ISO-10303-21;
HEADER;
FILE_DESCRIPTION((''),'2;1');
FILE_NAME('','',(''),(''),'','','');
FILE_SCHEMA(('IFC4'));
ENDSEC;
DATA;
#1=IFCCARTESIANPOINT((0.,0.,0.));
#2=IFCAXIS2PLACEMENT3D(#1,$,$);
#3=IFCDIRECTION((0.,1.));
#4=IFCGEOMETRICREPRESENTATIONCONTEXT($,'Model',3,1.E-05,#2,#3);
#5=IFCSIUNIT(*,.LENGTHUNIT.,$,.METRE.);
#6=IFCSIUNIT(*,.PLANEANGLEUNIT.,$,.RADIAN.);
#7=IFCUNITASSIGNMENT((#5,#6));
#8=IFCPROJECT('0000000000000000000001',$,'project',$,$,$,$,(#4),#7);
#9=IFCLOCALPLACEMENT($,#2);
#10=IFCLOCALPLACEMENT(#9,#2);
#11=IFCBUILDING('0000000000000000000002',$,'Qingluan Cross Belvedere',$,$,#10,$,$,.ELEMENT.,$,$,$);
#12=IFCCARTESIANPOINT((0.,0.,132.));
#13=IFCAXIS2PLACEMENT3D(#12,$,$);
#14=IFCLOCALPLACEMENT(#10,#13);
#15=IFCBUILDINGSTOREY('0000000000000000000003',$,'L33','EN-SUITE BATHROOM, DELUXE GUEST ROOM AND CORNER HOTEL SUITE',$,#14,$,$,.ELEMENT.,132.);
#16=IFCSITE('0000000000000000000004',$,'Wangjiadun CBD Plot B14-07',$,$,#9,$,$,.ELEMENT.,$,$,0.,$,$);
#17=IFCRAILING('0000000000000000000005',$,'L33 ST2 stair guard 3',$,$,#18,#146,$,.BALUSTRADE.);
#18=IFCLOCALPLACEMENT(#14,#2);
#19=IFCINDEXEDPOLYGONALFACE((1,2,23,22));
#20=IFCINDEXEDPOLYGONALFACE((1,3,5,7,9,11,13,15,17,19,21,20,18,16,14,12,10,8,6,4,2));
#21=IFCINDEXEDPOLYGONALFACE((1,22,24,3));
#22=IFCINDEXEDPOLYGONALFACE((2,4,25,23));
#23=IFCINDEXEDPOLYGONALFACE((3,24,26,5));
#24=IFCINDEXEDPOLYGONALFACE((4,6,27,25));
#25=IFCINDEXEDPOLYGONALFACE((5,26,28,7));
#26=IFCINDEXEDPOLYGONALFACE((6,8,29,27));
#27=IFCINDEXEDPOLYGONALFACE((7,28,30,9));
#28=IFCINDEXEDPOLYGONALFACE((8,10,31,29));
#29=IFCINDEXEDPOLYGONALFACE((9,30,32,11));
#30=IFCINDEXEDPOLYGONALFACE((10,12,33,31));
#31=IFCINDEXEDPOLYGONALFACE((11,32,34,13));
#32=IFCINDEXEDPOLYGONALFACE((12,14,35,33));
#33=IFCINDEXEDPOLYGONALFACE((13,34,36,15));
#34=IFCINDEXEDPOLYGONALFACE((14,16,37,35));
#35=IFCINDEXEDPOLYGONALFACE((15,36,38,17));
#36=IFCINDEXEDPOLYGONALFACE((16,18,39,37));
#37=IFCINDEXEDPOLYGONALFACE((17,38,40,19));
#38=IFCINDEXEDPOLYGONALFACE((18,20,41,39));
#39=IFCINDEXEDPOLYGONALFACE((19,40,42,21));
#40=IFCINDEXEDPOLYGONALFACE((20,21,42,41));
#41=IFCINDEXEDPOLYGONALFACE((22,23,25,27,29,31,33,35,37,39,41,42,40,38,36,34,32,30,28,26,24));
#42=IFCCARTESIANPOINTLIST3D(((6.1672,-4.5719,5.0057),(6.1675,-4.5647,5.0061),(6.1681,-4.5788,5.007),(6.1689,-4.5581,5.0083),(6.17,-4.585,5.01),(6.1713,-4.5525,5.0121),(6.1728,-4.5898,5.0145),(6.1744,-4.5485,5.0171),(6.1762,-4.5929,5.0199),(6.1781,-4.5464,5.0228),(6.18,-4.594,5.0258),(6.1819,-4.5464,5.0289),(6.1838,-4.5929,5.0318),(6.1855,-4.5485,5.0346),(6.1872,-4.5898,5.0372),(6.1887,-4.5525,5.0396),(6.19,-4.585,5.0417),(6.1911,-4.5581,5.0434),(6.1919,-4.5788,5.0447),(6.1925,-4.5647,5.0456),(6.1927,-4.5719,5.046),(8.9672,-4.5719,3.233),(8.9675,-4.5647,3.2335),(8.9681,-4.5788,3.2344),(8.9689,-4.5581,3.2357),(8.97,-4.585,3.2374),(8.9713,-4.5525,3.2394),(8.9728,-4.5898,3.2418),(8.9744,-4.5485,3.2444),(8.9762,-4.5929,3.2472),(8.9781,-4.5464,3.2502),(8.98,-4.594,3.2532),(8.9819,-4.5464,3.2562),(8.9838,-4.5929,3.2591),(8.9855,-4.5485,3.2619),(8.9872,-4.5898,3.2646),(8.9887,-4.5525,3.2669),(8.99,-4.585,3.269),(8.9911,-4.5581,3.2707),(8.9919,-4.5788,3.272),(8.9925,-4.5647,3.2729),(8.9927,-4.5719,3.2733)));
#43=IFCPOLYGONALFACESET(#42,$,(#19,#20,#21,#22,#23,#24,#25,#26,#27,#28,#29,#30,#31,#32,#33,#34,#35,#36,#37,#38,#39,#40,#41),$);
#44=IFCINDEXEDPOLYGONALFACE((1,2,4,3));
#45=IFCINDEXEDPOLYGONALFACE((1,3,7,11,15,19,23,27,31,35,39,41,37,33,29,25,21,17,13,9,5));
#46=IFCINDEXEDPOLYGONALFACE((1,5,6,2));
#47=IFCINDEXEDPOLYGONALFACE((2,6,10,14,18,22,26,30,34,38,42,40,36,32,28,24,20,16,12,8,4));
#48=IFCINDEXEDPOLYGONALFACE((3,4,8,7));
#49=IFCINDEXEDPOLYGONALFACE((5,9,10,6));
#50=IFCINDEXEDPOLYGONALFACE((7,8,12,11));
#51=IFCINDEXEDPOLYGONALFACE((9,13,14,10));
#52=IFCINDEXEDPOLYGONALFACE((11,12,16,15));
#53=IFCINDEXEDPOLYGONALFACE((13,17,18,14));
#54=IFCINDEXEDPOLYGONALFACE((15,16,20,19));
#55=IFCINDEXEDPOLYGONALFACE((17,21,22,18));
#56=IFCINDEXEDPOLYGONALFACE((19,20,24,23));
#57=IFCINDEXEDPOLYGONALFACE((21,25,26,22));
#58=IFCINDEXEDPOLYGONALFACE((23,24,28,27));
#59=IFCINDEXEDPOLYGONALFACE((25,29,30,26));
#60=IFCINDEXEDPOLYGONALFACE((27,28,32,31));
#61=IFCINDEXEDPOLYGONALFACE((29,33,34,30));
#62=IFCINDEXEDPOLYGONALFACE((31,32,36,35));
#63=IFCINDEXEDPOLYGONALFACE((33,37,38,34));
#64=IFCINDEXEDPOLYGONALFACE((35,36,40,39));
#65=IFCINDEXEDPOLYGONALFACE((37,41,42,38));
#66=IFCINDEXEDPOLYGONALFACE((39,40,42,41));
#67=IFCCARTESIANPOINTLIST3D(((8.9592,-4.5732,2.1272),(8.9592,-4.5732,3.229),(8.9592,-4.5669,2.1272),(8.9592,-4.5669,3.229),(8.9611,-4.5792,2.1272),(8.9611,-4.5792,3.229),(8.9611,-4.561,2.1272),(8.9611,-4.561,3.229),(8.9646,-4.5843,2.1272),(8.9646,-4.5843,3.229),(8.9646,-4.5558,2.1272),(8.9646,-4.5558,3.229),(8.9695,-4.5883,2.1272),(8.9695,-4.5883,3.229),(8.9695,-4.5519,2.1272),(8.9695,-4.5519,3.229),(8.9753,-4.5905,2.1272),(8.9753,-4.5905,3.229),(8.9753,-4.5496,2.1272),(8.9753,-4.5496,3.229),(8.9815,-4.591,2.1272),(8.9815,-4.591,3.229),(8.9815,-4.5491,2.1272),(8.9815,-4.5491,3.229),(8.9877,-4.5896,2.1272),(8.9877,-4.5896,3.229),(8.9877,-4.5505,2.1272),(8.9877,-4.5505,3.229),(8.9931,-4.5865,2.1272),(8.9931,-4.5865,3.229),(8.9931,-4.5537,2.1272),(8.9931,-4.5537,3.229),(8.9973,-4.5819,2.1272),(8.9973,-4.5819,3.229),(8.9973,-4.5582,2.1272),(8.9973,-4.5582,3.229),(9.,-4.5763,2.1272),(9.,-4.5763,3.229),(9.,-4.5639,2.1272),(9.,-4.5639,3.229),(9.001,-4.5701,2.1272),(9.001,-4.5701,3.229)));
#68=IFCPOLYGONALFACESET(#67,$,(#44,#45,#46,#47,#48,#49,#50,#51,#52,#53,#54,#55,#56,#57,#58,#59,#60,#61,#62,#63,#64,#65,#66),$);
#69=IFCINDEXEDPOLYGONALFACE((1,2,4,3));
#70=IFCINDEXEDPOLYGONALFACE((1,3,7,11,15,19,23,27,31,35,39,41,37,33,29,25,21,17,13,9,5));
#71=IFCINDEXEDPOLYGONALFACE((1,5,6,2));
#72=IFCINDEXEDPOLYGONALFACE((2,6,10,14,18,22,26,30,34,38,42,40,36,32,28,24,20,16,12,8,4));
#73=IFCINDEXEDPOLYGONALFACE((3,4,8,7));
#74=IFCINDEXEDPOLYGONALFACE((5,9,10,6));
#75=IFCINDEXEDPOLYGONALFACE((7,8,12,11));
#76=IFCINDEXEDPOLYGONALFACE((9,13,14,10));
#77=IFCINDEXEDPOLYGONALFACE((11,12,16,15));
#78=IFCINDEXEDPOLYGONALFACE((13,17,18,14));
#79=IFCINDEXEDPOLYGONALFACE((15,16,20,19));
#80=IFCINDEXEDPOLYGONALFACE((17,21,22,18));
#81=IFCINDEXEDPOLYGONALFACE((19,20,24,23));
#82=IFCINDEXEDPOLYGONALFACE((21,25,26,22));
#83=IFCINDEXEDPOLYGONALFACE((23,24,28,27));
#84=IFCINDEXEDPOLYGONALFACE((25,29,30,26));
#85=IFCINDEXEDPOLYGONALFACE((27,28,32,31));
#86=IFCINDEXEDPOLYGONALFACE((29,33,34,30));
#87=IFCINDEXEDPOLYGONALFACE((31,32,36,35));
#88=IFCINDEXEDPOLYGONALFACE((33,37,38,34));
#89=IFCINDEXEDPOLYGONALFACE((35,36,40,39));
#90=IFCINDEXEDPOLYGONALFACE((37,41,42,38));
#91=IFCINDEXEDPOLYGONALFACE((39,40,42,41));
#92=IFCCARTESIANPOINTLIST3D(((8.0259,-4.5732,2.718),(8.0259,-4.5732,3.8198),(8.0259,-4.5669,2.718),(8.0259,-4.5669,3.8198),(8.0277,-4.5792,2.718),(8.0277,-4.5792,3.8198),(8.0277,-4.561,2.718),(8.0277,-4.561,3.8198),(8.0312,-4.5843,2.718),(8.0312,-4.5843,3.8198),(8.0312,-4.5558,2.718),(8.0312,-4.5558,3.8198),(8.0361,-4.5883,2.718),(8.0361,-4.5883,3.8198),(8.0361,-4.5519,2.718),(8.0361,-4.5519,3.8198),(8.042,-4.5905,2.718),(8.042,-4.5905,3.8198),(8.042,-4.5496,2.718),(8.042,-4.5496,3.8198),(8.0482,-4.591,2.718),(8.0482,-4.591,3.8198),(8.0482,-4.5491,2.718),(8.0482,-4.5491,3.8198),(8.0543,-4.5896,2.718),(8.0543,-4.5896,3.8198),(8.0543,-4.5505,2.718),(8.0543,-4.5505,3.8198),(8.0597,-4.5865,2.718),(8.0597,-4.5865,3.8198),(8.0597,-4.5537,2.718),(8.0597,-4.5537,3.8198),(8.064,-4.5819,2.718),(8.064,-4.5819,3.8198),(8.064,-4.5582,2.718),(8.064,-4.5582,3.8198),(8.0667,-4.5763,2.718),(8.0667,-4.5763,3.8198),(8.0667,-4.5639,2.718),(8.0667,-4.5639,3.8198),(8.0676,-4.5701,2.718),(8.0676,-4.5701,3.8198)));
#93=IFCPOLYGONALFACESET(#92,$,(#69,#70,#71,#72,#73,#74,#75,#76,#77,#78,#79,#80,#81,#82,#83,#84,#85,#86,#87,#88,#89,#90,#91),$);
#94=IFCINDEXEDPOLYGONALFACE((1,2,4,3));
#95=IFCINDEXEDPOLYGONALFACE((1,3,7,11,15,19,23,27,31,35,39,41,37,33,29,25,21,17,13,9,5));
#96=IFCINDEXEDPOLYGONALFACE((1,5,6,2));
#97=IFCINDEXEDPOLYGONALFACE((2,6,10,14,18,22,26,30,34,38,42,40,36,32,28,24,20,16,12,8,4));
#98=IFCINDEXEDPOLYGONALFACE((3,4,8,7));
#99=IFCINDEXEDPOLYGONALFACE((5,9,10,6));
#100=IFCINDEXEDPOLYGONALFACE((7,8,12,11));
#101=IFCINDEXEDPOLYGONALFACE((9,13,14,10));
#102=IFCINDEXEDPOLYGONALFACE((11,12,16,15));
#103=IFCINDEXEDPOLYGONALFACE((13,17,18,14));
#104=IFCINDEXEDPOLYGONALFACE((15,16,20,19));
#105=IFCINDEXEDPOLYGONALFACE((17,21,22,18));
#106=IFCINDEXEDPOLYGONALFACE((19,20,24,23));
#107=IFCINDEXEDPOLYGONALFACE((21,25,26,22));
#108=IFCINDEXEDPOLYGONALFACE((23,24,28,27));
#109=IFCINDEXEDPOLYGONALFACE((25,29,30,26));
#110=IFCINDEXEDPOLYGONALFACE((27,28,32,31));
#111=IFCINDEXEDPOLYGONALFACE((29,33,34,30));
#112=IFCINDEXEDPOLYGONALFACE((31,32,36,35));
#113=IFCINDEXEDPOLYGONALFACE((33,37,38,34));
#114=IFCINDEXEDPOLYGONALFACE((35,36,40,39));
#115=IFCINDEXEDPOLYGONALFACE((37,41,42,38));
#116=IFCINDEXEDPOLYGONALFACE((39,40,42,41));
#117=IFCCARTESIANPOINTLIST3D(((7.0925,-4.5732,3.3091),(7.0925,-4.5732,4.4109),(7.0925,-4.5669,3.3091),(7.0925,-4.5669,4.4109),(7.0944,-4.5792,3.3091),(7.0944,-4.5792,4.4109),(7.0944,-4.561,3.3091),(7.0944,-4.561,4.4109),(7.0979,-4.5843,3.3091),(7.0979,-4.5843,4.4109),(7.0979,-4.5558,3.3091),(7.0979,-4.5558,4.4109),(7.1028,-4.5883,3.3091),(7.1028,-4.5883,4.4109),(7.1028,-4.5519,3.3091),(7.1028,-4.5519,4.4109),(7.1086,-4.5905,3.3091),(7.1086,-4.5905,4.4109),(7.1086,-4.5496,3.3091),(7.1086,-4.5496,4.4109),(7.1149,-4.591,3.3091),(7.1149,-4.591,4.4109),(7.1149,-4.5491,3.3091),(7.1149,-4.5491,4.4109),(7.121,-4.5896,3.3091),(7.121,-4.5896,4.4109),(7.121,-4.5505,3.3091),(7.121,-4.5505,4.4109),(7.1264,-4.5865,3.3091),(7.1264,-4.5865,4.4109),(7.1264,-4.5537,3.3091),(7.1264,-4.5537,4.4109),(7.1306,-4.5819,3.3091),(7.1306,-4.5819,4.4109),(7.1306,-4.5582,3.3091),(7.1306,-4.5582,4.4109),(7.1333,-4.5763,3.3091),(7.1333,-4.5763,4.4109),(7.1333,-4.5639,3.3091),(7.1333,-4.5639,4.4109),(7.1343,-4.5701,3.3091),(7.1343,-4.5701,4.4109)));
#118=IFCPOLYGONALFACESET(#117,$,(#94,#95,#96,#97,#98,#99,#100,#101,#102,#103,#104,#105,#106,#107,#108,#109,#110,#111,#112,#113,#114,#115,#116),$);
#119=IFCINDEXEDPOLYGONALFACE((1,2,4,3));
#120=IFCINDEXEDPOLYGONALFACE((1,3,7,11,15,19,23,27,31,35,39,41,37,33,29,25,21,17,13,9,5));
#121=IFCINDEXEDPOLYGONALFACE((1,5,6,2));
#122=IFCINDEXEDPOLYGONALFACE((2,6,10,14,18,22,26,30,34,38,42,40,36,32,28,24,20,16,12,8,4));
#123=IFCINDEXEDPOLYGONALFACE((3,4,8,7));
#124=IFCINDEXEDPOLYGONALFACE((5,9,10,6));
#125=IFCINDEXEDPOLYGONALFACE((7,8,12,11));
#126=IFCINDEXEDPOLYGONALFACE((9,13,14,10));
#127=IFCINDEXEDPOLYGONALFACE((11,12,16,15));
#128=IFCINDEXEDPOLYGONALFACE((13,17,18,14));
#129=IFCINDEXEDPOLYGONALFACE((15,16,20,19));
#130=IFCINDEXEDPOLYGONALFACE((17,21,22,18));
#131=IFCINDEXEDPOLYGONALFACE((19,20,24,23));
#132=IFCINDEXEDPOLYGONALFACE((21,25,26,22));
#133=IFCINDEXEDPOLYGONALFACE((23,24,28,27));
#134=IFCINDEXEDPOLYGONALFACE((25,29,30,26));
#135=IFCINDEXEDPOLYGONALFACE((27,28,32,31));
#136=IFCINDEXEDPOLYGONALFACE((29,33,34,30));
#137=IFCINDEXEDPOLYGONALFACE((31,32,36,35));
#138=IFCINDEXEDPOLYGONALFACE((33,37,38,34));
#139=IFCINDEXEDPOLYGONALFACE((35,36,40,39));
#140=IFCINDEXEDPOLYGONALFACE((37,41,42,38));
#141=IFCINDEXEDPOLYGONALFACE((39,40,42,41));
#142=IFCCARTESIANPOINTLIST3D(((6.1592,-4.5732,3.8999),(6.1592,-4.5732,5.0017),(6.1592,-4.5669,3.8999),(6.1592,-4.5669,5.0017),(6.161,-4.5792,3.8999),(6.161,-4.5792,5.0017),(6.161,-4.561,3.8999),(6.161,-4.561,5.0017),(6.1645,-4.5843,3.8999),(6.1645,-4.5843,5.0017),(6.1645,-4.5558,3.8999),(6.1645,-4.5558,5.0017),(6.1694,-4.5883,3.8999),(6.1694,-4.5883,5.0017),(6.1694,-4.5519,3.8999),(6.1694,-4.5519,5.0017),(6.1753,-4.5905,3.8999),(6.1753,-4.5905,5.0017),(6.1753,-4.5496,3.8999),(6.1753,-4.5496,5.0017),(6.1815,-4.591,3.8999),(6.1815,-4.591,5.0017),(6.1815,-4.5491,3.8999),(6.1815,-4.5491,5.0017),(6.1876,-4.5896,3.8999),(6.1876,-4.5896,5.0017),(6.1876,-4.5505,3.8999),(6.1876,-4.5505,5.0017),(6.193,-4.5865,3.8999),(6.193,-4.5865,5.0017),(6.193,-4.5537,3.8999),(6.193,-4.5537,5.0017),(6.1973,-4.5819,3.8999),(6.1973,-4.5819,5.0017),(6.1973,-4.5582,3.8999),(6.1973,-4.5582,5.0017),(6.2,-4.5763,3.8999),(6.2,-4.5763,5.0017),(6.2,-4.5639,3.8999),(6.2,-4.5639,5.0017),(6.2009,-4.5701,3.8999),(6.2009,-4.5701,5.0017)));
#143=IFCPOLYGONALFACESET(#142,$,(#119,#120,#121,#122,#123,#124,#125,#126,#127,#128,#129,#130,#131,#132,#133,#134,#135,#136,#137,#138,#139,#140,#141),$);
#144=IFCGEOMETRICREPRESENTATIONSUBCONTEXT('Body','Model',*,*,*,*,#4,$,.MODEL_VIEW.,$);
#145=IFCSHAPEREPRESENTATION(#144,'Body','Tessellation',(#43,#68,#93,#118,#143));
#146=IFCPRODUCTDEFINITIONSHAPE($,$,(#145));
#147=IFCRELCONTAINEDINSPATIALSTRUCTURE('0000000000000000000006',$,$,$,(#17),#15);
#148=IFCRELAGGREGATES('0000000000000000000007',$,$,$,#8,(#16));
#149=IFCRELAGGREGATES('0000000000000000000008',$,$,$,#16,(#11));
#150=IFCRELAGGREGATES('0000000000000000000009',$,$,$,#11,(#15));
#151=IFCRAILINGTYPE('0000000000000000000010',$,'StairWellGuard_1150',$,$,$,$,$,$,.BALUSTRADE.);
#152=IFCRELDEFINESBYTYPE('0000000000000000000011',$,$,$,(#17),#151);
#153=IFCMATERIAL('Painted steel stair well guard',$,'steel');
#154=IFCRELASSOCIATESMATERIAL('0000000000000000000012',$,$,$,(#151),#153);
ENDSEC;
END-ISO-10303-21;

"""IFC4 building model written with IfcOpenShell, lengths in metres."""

from ifc_helpers import new_model, si_unit, direction, frame, origin, origin_2d, place, context, subcontext, project, spatial, circle, extrude, material, type_object, element, save


model = new_model("IFC4")

# Units and contexts
model_context = context("Model", 3, precision=1e-05, world=origin(), true_north=direction((0.0, 1.0)))
body_context = subcontext(model_context, "Body", "Model", "MODEL_VIEW")
ifc_project = project(units=[si_unit("LENGTHUNIT", "METRE"), si_unit("PLANEANGLEUNIT", "RADIAN")], contexts=[model_context])

# Site, building, storey
site_placement = place(None, origin())
site = spatial("IfcSite", under=ifc_project, at=site_placement, Name="Wangjiadun CBD Plot B14-07", CompositionType="ELEMENT", RefElevation=0.0)
building_placement = place(site_placement, origin())
building = spatial("IfcBuilding", under=site, at=building_placement, Name="Qingluan Cross Belvedere", CompositionType="ELEMENT")
storey_placement = place(building_placement, frame((0.0, 0.0, 132.0)))
storey = spatial("IfcBuildingStorey", under=building, at=storey_placement, Name="L33", Description="EN-SUITE BATHROOM, DELUXE GUEST ROOM AND CORNER HOTEL SUITE", CompositionType="ELEMENT", Elevation=132.0)

# Railing
ifc_material_1 = material(Name="Painted steel stair well guard", Category="steel")
railing_type_1 = type_object("IfcRailingType", Name="StairWellGuard_1150", PredefinedType="BALUSTRADE", material=ifc_material_1)
railing_1_placement = place(storey_placement, frame((8.98, -4.5701, 2.1272)))
element("IfcRailing", 1, at=railing_1_placement, inside=storey, type_object=railing_type_1, Name="L33 ST2 stair guard 3", PredefinedType="BALUSTRADE", context=body_context, shape_type="SweptSolid", body=[
    extrude(circle(Radius=0.0239, at=origin_2d()), frame((0.0, 0.0, 1.126), z_axis=(-0.844909, 0.0, 0.53491), x_axis=(0.0, -1.0, 0.0)), (0.0, 0.0, 1.0), 3.314),
    extrude(circle(Radius=0.021, at=origin_2d()), origin(), (0.0, 0.0, 1.0), 1.1018),
    extrude(circle(Radius=0.021, at=origin_2d()), frame((-0.9333, 0.0, 0.5908)), (0.0, 0.0, 1.0), 1.1018),
    extrude(circle(Radius=0.021, at=origin_2d()), frame((-1.8667, 0.0, 1.1819)), (0.0, 0.0, 1.0), 1.1018),
    extrude(circle(Radius=0.021, at=origin_2d()), frame((-2.8, 0.0, 1.7727)), (0.0, 0.0, 1.0), 1.1018),
])

save(model, "model.ifc")
